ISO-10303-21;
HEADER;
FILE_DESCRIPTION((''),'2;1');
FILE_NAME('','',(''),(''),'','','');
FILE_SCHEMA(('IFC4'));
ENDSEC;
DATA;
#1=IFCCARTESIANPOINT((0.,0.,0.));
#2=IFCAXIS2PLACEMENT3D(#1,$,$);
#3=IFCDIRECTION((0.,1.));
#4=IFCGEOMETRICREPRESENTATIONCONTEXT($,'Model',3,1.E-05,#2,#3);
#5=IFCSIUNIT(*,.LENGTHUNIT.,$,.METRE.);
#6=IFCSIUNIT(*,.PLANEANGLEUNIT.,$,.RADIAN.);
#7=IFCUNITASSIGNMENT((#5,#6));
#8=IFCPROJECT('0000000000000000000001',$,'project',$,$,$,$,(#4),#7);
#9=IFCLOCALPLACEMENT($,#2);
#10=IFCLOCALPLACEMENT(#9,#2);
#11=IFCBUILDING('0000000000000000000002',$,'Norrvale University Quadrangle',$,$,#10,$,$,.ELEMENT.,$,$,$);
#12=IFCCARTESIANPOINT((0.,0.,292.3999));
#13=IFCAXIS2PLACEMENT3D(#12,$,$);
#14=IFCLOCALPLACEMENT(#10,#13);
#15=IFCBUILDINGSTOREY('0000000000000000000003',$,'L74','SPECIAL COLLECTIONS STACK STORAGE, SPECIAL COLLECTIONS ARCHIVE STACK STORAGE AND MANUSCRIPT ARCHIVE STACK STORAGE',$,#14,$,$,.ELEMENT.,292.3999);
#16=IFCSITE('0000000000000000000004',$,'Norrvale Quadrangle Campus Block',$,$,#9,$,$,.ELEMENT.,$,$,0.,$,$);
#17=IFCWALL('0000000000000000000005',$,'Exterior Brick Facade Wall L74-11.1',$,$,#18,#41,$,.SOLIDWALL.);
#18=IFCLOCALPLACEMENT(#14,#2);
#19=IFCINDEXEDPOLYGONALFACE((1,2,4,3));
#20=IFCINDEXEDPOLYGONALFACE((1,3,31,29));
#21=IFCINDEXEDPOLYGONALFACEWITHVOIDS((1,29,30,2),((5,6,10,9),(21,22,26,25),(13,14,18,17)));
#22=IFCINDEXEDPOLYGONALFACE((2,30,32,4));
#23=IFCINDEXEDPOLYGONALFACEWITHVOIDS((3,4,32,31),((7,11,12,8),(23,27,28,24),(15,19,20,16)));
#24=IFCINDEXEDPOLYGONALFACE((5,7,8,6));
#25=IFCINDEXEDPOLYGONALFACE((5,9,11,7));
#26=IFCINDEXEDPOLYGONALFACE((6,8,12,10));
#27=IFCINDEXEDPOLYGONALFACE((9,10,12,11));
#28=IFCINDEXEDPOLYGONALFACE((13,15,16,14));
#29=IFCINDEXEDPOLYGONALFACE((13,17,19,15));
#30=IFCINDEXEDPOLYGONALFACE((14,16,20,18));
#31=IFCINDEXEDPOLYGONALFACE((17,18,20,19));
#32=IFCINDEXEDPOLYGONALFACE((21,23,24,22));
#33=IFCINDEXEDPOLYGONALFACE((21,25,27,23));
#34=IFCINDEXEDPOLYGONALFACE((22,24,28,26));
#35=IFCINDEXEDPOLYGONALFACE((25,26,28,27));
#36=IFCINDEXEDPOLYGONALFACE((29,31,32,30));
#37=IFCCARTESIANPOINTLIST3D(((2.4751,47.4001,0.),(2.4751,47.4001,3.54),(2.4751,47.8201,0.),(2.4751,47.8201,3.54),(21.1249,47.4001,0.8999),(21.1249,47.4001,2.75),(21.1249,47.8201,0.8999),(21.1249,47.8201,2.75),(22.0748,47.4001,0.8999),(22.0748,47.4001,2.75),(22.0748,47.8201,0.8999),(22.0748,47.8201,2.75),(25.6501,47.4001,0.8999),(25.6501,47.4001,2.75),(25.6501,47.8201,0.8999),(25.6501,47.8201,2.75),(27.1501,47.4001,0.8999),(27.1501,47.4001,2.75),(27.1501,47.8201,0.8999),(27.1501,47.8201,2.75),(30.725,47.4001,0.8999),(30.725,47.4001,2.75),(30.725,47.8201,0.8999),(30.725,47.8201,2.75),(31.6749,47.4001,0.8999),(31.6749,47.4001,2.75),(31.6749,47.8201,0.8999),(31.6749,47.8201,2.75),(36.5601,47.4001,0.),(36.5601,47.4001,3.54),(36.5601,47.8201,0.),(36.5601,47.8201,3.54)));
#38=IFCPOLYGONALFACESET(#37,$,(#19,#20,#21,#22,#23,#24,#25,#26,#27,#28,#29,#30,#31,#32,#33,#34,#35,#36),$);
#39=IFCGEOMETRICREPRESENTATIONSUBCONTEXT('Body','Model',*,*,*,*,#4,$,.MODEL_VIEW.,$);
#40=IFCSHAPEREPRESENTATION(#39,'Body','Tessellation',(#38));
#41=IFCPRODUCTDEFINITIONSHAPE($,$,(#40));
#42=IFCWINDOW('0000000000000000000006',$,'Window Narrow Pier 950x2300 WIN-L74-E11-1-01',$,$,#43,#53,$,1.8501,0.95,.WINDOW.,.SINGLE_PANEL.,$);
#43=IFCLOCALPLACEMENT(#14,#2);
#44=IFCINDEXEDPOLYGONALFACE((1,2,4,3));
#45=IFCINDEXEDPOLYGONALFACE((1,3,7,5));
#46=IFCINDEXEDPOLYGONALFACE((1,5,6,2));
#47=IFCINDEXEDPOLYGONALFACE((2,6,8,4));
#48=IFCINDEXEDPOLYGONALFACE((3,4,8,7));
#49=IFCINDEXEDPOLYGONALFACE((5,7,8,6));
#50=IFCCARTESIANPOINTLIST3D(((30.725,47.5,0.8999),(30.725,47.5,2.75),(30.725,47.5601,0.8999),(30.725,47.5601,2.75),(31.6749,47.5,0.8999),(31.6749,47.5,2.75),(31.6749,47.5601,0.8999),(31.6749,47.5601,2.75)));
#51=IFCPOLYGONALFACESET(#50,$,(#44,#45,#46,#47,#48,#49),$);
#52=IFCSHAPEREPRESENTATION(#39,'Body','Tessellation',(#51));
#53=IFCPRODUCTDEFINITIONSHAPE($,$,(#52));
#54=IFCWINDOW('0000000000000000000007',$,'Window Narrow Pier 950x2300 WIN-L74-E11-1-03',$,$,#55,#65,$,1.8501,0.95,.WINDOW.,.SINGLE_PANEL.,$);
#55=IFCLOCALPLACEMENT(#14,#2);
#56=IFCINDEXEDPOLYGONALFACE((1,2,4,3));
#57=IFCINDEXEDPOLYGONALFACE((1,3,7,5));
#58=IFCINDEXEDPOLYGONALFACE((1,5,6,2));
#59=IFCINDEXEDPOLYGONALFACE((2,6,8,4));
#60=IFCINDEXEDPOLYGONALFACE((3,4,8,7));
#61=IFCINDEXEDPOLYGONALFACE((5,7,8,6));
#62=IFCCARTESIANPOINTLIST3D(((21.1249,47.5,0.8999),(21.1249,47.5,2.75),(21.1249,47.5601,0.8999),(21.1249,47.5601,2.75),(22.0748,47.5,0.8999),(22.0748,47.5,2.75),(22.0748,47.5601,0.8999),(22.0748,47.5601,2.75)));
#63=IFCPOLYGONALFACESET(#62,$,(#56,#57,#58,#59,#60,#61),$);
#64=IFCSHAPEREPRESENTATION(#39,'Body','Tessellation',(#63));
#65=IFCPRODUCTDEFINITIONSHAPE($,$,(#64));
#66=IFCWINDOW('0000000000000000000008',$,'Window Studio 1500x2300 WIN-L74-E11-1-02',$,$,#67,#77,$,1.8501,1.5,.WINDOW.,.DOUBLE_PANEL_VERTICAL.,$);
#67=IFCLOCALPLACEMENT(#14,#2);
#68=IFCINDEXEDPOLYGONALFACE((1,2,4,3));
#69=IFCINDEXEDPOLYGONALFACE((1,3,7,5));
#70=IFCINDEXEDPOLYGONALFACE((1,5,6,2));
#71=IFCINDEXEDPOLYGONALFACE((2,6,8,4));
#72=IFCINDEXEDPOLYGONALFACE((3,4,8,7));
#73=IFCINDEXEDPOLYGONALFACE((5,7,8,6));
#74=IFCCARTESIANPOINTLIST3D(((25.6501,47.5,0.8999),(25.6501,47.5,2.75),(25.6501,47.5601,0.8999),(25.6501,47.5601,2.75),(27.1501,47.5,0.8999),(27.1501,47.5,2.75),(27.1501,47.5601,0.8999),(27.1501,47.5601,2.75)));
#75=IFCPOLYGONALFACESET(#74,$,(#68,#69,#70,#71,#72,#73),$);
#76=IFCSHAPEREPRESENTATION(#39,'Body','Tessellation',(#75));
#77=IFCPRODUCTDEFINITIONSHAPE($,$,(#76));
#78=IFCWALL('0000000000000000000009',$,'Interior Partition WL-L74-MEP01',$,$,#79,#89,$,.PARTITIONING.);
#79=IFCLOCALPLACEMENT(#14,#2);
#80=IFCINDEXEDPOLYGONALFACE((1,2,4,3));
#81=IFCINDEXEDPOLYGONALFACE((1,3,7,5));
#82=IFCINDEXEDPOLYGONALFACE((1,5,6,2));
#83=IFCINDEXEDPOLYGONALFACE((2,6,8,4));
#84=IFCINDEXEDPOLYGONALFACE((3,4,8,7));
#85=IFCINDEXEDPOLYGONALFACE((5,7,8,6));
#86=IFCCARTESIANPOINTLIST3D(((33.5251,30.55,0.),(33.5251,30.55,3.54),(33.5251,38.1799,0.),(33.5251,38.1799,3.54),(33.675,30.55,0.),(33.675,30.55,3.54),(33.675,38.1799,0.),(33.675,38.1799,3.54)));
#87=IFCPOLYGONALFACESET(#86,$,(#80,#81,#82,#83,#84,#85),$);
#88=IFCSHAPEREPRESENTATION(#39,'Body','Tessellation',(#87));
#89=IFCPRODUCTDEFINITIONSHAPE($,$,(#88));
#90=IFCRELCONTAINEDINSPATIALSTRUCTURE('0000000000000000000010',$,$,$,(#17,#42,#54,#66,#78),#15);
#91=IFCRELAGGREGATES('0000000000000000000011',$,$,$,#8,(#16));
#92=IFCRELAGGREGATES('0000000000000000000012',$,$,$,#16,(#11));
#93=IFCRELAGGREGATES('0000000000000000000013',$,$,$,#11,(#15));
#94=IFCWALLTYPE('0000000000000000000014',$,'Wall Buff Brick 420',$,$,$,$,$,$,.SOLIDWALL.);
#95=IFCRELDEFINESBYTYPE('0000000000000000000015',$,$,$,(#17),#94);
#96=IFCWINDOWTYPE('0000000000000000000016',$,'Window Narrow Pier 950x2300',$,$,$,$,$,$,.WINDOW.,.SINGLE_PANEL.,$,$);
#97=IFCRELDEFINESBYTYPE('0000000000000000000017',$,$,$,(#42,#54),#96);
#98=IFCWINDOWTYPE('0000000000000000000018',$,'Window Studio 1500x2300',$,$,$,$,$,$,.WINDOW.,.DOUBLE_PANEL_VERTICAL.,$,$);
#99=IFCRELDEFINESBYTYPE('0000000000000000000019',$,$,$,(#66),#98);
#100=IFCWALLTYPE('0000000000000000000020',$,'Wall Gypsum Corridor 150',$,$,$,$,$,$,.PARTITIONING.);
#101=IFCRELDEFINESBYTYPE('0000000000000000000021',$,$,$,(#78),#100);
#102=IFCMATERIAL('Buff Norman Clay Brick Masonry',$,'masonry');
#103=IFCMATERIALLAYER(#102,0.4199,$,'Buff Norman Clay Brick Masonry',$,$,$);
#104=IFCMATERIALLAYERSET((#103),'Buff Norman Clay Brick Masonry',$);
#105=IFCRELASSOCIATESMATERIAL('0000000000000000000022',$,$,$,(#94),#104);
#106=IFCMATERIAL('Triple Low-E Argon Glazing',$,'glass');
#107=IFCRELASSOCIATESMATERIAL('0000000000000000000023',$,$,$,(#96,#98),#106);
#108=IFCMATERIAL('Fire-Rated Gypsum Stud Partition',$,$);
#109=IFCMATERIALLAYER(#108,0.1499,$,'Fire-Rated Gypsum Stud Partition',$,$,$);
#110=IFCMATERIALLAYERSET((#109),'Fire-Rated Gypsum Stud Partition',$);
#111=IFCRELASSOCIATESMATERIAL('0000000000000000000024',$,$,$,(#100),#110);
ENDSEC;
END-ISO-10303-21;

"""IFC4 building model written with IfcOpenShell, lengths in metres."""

from ifc_helpers import new_model, si_unit, direction, frame, frame_2d, origin, place, context, subcontext, project, spatial, rectangle, extrude, material, layer, layer_set, type_object, element, fill, save


model = new_model("IFC4")

# Units and contexts
model_context = context("Model", 3, precision=1e-05, world=origin(), true_north=direction((0.0, 1.0)))
body_context = subcontext(model_context, "Body", "Model", "MODEL_VIEW")
ifc_project = project(units=[si_unit("LENGTHUNIT", "METRE"), si_unit("PLANEANGLEUNIT", "RADIAN")], contexts=[model_context])

# Site, building, storey
site_placement = place(None, origin())
site = spatial("IfcSite", under=ifc_project, at=site_placement, Name="Norrvale Quadrangle Campus Block", CompositionType="ELEMENT", RefElevation=0.0)
building_placement = place(site_placement, origin())
building = spatial("IfcBuilding", under=site, at=building_placement, Name="Norrvale University Quadrangle", CompositionType="ELEMENT")
storey_placement = place(building_placement, frame((0.0, 0.0, 292.3999)))
storey = spatial("IfcBuildingStorey", under=building, at=storey_placement, Name="L74", Description="SPECIAL COLLECTIONS STACK STORAGE, SPECIAL COLLECTIONS ARCHIVE STACK STORAGE AND MANUSCRIPT ARCHIVE STACK STORAGE", CompositionType="ELEMENT", Elevation=292.3999)

# Shared definitions
ifc_material_1 = material(Name="Buff Norman Clay Brick Masonry", Category="masonry")
ifc_layer_1 = layer(ifc_material_1, 0.4199, Name="Buff Norman Clay Brick Masonry")
ifc_layer_set_1 = layer_set([ifc_layer_1], Name="Buff Norman Clay Brick Masonry")
wall_type_1 = type_object("IfcWallType", Name="Wall Buff Brick 420", PredefinedType="SOLIDWALL", material=ifc_layer_set_1)

# Shared definitions
ifc_material_2 = material(Name="Triple Low-E Argon Glazing", Category="glass")

# Wall, openings, windows
wall_1_placement = place(storey_placement, frame((36.5601, 47.6101, 0.0), z_axis=(0.0, 0.0, 1.0), x_axis=(-1.0, 0.0, 0.0)))
wall_1 = element("IfcWall", 1, at=wall_1_placement, inside=storey, type_object=wall_type_1, Name="Exterior Brick Facade Wall L74-11.1", PredefinedType="SOLIDWALL", context=body_context, shape_type="SweptSolid", body=[
    extrude(rectangle(XDim=34.085, YDim=0.4199, at=frame_2d((17.0425, 0.0))), origin(), (0.0, 0.0, 1.0), 3.54),
])
opening_1_placement = place(wall_1_placement, frame((4.885, 0.0, 0.8999)))
opening_1 = element("IfcOpeningElement", 2, at=opening_1_placement, cuts=wall_1, PredefinedType="OPENING", context=body_context, shape_type="SweptSolid", body=[
    extrude(rectangle(XDim=0.95, YDim=1.8501, at=frame_2d((0.4751, 0.925))), frame((0.0, 0.2219, 0.0), z_axis=(0.0, -1.0, 0.0), x_axis=(1.0, 0.0, 0.0)), (0.0, 0.0, 1.0), 0.4438),
])
opening_2_placement = place(wall_1_placement, frame((9.4099, 0.0, 0.8999)))
opening_2 = element("IfcOpeningElement", 3, at=opening_2_placement, cuts=wall_1, PredefinedType="OPENING", context=body_context, shape_type="SweptSolid", body=[
    extrude(rectangle(XDim=1.5, YDim=1.8501, at=frame_2d((0.75, 0.925))), frame((0.0, 0.2219, 0.0), z_axis=(0.0, -1.0, 0.0), x_axis=(1.0, 0.0, 0.0)), (0.0, 0.0, 1.0), 0.4438),
])
opening_3_placement = place(wall_1_placement, frame((14.4851, 0.0, 0.8999)))
opening_3 = element("IfcOpeningElement", 4, at=opening_3_placement, cuts=wall_1, PredefinedType="OPENING", context=body_context, shape_type="SweptSolid", body=[
    extrude(rectangle(XDim=0.95, YDim=1.8501, at=frame_2d((0.4751, 0.925))), frame((0.0, 0.2219, 0.0), z_axis=(0.0, -1.0, 0.0), x_axis=(1.0, 0.0, 0.0)), (0.0, 0.0, 1.0), 0.4438),
])
window_type_1 = type_object("IfcWindowType", Name="Window Narrow Pier 950x2300", PartitioningType="SINGLE_PANEL", PredefinedType="WINDOW", material=ifc_material_2)
window_1_placement = place(opening_1_placement, origin())
window_1 = element("IfcWindow", 5, at=window_1_placement, inside=storey, type_object=window_type_1, Name="Window Narrow Pier 950x2300 WIN-L74-E11-1-01", OverallHeight=1.8501, OverallWidth=0.95, PartitioningType="SINGLE_PANEL", PredefinedType="WINDOW", context=body_context, shape_type="SweptSolid", body=[
    extrude(rectangle(XDim=0.95, YDim=1.8501, at=frame_2d((0.4751, 0.925))), frame((0.0, 0.1101, 0.0), z_axis=(0.0, -1.0, 0.0), x_axis=(1.0, 0.0, 0.0)), (0.0, 0.0, 1.0), 0.0601),
])
fill(opening_1, window_1)
window_2_placement = place(opening_3_placement, origin())
window_2 = element("IfcWindow", 6, at=window_2_placement, inside=storey, type_object=window_type_1, Name="Window Narrow Pier 950x2300 WIN-L74-E11-1-03", OverallHeight=1.8501, OverallWidth=0.95, PartitioningType="SINGLE_PANEL", PredefinedType="WINDOW", context=body_context, shape_type="SweptSolid", body=[
    extrude(rectangle(XDim=0.95, YDim=1.8501, at=frame_2d((0.4751, 0.925))), frame((0.0, 0.1101, 0.0), z_axis=(0.0, -1.0, 0.0), x_axis=(1.0, 0.0, 0.0)), (0.0, 0.0, 1.0), 0.0601),
])
fill(opening_3, window_2)
window_type_2 = type_object("IfcWindowType", Name="Window Studio 1500x2300", PartitioningType="DOUBLE_PANEL_VERTICAL", PredefinedType="WINDOW", material=ifc_material_2)
window_3_placement = place(opening_2_placement, origin())
window_3 = element("IfcWindow", 7, at=window_3_placement, inside=storey, type_object=window_type_2, Name="Window Studio 1500x2300 WIN-L74-E11-1-02", OverallHeight=1.8501, OverallWidth=1.5, PartitioningType="DOUBLE_PANEL_VERTICAL", PredefinedType="WINDOW", context=body_context, shape_type="SweptSolid", body=[
    extrude(rectangle(XDim=1.5, YDim=1.8501, at=frame_2d((0.75, 0.925))), frame((0.0, 0.1101, 0.0), z_axis=(0.0, -1.0, 0.0), x_axis=(1.0, 0.0, 0.0)), (0.0, 0.0, 1.0), 0.0601),
])
fill(opening_2, window_3)

# Wall
ifc_material_3 = material(Name="Fire-Rated Gypsum Stud Partition")
ifc_layer_2 = layer(ifc_material_3, 0.1499, Name="Fire-Rated Gypsum Stud Partition")
ifc_layer_set_2 = layer_set([ifc_layer_2], Name="Fire-Rated Gypsum Stud Partition")
wall_type_2 = type_object("IfcWallType", Name="Wall Gypsum Corridor 150", PredefinedType="PARTITIONING", material=ifc_layer_set_2)
wall_2_placement = place(storey_placement, frame((33.6001, 30.55, 0.0), z_axis=(0.0, 0.0, 1.0), x_axis=(0.0, 1.0, 0.0)))
element("IfcWall", 8, at=wall_2_placement, inside=storey, type_object=wall_type_2, Name="Interior Partition WL-L74-MEP01", PredefinedType="PARTITIONING", context=body_context, shape_type="SweptSolid", body=[
    extrude(rectangle(XDim=7.6299, YDim=0.1499, at=frame_2d((3.8149, 0.0))), origin(), (0.0, 0.0, 1.0), 3.54),
])

save(model, "model.ifc")
